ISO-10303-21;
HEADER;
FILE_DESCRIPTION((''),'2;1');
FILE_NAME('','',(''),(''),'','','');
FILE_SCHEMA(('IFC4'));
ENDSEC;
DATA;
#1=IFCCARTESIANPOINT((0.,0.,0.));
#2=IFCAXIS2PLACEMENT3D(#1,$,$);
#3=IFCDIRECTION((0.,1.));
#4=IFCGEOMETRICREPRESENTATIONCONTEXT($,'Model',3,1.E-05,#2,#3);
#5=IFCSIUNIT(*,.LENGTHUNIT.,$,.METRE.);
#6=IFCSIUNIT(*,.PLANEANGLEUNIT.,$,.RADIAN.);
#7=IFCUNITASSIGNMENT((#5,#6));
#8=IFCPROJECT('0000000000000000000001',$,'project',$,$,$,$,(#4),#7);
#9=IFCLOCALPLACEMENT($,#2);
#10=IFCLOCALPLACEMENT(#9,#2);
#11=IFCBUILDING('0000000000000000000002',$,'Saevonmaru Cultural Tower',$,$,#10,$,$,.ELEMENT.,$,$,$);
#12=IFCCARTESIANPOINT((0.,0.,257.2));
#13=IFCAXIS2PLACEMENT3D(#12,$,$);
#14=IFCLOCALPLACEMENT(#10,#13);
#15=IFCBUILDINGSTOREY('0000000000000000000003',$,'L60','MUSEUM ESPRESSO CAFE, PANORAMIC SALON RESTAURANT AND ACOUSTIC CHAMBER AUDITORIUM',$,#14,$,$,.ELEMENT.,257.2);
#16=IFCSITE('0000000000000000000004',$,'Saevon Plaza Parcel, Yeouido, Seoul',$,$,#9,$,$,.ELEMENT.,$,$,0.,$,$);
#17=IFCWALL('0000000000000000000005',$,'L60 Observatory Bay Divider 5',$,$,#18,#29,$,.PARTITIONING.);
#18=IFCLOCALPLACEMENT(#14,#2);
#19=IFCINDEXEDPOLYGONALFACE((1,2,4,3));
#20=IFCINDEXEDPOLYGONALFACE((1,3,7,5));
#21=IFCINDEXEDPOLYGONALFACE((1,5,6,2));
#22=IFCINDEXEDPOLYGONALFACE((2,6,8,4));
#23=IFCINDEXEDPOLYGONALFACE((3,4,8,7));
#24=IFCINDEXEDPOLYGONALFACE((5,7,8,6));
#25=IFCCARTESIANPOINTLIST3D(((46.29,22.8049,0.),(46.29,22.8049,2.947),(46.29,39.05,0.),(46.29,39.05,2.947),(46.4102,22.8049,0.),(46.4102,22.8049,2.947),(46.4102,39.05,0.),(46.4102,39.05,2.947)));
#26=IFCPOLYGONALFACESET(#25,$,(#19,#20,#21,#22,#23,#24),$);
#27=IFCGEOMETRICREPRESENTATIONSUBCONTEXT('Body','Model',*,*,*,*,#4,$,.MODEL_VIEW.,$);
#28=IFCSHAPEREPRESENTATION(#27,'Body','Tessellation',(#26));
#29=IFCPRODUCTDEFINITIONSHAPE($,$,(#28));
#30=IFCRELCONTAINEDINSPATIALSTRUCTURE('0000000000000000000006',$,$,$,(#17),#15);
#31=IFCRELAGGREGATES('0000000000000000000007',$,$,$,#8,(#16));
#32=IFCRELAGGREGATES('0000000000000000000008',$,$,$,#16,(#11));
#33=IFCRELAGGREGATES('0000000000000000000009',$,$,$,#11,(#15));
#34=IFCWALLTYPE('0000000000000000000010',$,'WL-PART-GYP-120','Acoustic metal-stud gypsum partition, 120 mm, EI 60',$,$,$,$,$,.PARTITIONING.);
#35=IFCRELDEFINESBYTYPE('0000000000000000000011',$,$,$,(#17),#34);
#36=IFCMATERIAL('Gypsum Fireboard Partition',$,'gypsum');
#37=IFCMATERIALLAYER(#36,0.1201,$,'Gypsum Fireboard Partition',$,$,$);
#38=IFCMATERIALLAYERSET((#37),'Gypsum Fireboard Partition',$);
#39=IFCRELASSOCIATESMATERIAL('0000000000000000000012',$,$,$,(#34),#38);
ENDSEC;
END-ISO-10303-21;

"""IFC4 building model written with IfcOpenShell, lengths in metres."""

from ifc_helpers import new_model, si_unit, direction, frame, frame_2d, origin, place, context, subcontext, project, spatial, rectangle, extrude, material, layer, layer_set, type_object, element, save


model = new_model("IFC4")

# Units and contexts
model_context = context("Model", 3, precision=1e-05, world=origin(), true_north=direction((0.0, 1.0)))
body_context = subcontext(model_context, "Body", "Model", "MODEL_VIEW")
ifc_project = project(units=[si_unit("LENGTHUNIT", "METRE"), si_unit("PLANEANGLEUNIT", "RADIAN")], contexts=[model_context])

# Site, building, storey
site_placement = place(None, origin())
site = spatial("IfcSite", under=ifc_project, at=site_placement, Name="Saevon Plaza Parcel, Yeouido, Seoul", CompositionType="ELEMENT", RefElevation=0.0)
building_placement = place(site_placement, origin())
building = spatial("IfcBuilding", under=site, at=building_placement, Name="Saevonmaru Cultural Tower", CompositionType="ELEMENT")
storey_placement = place(building_placement, frame((0.0, 0.0, 257.2)))
storey = spatial("IfcBuildingStorey", under=building, at=storey_placement, Name="L60", Description="MUSEUM ESPRESSO CAFE, PANORAMIC SALON RESTAURANT AND ACOUSTIC CHAMBER AUDITORIUM", CompositionType="ELEMENT", Elevation=257.2)

# Wall
ifc_material_1 = material(Name="Gypsum Fireboard Partition", Category="gypsum")
ifc_layer_1 = layer(ifc_material_1, 0.1201, Name="Gypsum Fireboard Partition")
ifc_layer_set_1 = layer_set([ifc_layer_1], Name="Gypsum Fireboard Partition")
wall_type_1 = type_object("IfcWallType", Name="WL-PART-GYP-120", Description="Acoustic metal-stud gypsum partition, 120 mm, EI 60", PredefinedType="PARTITIONING", material=ifc_layer_set_1)
wall_1_placement = place(storey_placement, frame((46.3501, 22.8049, 0.0), z_axis=(0.0, 0.0, 1.0), x_axis=(0.0, 1.0, 0.0)))
element("IfcWall", 1, at=wall_1_placement, inside=storey, type_object=wall_type_1, Name="L60 Observatory Bay Divider 5", PredefinedType="PARTITIONING", context=body_context, shape_type="SweptSolid", body=[
    extrude(rectangle(XDim=16.2451, YDim=0.1201, at=frame_2d((8.1226, 0.0))), origin(), (0.0, 0.0, 1.0), 2.947),
])

save(model, "model.ifc")
